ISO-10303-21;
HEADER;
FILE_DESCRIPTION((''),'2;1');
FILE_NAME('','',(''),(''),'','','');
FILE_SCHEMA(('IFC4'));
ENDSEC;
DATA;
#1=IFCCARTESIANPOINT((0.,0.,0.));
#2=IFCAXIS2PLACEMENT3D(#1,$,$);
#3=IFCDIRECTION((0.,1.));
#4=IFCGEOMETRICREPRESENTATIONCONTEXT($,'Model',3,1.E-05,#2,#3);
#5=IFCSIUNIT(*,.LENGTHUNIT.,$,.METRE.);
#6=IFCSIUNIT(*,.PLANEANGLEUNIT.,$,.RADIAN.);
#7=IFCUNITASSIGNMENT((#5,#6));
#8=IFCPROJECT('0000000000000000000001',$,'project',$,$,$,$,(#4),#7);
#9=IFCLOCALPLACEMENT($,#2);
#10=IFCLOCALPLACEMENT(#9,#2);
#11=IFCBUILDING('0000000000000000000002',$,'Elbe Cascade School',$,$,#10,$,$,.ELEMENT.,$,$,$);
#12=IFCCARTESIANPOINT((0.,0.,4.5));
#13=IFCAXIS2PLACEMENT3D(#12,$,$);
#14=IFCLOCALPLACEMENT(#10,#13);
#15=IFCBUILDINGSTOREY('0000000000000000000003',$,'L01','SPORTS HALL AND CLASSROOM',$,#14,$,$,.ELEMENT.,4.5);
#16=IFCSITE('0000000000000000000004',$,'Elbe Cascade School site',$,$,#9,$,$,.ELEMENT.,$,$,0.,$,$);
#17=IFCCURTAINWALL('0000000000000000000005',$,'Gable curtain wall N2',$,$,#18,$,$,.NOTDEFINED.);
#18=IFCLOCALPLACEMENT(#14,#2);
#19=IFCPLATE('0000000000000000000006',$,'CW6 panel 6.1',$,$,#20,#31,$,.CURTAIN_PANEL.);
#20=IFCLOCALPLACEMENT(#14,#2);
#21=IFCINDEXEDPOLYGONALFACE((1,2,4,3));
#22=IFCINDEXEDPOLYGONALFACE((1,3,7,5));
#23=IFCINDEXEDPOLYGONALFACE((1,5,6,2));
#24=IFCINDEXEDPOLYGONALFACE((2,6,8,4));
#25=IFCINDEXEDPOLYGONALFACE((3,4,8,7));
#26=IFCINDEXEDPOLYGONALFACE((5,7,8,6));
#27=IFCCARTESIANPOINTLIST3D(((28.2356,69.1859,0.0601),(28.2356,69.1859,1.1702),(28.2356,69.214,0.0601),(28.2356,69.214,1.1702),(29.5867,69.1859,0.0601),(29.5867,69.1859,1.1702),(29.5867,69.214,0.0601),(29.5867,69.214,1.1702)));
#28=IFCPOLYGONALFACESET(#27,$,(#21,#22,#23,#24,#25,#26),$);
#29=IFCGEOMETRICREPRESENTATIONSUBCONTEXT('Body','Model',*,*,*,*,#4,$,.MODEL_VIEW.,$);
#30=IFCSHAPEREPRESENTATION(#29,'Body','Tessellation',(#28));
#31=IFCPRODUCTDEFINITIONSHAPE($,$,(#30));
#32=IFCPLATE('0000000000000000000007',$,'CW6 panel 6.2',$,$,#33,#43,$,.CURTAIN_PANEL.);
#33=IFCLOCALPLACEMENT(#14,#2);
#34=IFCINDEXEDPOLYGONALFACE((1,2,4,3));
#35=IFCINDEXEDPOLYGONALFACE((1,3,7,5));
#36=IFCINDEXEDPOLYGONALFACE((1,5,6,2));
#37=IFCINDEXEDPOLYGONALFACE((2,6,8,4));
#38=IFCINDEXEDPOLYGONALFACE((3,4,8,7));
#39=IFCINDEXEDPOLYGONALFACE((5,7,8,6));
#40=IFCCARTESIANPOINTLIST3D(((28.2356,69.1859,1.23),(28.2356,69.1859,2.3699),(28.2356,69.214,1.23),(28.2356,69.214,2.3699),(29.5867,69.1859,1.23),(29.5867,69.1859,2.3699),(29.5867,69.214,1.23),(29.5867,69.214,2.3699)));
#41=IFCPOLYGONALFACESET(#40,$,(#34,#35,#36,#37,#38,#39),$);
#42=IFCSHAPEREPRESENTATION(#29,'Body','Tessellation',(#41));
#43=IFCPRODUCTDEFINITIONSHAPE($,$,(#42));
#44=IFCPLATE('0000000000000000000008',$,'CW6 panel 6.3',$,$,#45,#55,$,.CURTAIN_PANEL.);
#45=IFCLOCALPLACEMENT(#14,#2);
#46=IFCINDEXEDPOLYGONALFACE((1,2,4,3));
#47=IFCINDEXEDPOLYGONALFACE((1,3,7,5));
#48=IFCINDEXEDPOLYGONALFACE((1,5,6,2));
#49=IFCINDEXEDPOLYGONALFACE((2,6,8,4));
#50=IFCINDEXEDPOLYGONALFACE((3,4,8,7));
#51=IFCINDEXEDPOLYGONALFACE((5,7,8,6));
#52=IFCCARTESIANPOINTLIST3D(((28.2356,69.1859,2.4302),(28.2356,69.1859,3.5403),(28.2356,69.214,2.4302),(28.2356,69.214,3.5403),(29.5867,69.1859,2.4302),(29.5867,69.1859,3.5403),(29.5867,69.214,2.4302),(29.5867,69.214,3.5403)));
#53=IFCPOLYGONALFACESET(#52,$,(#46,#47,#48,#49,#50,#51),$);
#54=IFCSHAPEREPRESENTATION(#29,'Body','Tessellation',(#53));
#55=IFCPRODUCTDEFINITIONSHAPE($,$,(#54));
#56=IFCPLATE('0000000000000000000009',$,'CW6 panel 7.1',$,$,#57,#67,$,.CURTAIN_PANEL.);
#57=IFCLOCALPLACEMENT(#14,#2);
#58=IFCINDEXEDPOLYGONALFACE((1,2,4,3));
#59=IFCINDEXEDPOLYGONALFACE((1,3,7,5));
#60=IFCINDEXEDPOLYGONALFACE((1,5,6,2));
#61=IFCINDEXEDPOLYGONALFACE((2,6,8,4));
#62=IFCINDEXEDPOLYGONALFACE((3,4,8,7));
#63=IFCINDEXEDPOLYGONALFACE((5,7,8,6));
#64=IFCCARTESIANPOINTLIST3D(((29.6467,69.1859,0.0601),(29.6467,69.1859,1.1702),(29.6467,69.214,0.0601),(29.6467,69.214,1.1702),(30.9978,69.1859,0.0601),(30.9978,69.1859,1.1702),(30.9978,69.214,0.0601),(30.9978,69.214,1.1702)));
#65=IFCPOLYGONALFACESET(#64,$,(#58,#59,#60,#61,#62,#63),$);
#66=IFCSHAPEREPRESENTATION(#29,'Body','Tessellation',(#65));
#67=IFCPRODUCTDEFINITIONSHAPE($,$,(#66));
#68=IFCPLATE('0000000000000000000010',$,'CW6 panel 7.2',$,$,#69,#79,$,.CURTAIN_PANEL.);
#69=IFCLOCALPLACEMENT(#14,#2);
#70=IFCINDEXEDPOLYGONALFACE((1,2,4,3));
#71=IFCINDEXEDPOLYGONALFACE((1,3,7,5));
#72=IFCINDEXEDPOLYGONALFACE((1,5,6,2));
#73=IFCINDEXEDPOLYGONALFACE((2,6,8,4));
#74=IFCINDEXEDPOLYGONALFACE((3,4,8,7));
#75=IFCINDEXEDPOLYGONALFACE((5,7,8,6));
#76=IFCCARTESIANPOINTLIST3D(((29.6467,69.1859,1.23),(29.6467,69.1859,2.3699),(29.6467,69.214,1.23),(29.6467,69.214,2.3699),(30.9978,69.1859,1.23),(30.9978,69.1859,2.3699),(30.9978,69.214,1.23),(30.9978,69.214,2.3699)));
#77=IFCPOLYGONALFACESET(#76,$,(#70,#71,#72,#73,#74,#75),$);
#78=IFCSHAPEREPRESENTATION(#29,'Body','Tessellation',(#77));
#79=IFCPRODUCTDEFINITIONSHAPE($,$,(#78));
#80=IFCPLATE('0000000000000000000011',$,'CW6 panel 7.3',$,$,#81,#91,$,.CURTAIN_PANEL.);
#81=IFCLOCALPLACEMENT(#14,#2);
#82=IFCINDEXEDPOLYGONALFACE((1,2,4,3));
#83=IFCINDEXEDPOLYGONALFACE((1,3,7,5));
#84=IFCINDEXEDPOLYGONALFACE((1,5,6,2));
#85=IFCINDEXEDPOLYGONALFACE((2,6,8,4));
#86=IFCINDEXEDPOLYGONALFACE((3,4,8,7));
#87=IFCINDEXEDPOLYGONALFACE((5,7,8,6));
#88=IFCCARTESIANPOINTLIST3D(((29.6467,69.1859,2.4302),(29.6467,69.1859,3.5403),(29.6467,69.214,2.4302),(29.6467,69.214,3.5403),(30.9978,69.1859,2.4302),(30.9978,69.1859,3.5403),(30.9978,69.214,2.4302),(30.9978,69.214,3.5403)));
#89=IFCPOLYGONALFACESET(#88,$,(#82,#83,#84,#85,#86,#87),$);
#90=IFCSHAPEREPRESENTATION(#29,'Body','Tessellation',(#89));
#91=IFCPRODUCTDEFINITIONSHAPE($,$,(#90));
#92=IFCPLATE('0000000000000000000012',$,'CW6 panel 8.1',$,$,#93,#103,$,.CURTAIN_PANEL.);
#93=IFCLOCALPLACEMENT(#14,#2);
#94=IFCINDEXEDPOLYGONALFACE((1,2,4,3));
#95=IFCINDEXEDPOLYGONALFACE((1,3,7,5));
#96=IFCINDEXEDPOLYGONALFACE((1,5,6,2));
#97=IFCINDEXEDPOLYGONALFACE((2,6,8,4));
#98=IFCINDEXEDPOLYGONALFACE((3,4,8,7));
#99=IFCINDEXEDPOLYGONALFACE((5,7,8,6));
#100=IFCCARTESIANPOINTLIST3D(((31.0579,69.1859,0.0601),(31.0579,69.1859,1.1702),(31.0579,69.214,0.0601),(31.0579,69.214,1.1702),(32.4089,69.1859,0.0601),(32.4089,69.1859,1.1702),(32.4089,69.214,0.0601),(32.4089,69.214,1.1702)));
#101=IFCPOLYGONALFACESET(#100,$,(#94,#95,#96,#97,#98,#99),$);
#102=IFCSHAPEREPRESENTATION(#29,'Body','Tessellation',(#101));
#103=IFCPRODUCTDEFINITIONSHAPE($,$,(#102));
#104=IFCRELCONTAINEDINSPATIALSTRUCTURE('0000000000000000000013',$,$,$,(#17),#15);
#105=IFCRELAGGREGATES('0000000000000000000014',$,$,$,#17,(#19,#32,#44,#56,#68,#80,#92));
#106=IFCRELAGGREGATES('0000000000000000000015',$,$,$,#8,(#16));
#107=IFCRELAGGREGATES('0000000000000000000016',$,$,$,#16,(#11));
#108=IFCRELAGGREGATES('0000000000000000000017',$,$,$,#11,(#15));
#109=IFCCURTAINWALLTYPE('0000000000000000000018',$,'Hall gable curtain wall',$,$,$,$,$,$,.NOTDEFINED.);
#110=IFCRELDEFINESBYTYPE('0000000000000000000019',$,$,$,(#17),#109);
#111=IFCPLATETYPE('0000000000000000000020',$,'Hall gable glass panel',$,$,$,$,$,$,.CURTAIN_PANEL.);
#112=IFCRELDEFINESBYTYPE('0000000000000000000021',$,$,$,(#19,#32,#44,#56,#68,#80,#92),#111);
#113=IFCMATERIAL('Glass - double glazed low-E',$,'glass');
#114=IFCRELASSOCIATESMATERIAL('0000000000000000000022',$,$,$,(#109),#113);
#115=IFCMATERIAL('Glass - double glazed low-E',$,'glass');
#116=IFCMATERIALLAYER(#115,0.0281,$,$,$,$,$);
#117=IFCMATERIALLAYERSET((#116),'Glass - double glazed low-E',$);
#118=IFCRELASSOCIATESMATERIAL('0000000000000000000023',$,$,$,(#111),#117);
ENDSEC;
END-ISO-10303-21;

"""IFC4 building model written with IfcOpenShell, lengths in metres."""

from ifc_helpers import new_model, si_unit, direction, frame, origin, origin_2d, place, context, subcontext, project, spatial, rectangle, extrude, material, layer, layer_set, type_object, element, aggregate, save


model = new_model("IFC4")

# Units and contexts
model_context = context("Model", 3, precision=1e-05, world=origin(), true_north=direction((0.0, 1.0)))
body_context = subcontext(model_context, "Body", "Model", "MODEL_VIEW")
ifc_project = project(units=[si_unit("LENGTHUNIT", "METRE"), si_unit("PLANEANGLEUNIT", "RADIAN")], contexts=[model_context])

# Site, building, storey
site_placement = place(None, origin())
site = spatial("IfcSite", under=ifc_project, at=site_placement, Name="Elbe Cascade School site", CompositionType="ELEMENT", RefElevation=0.0)
building_placement = place(site_placement, origin())
building = spatial("IfcBuilding", under=site, at=building_placement, Name="Elbe Cascade School", CompositionType="ELEMENT")
storey_placement = place(building_placement, frame((0.0, 0.0, 4.5)))
storey = spatial("IfcBuildingStorey", under=building, at=storey_placement, Name="L01", Description="SPORTS HALL AND CLASSROOM", CompositionType="ELEMENT", Elevation=4.5)

# Curtain wall, plates
ifc_material_1 = material(Name="Glass - double glazed low-E", Category="glass")
curtain_wall_type = type_object("IfcCurtainWallType", Name="Hall gable curtain wall", PredefinedType="NOTDEFINED", material=ifc_material_1)
curtain_wall_placement = place(storey_placement, origin())
curtain_wall = element("IfcCurtainWall", 1, at=curtain_wall_placement, inside=storey, type_object=curtain_wall_type, Name="Gable curtain wall N2", PredefinedType="NOTDEFINED")
ifc_material_2 = material(Name="Glass - double glazed low-E", Category="glass")
ifc_layer = layer(ifc_material_2, 0.0281)
ifc_layer_set = layer_set([ifc_layer], Name="Glass - double glazed low-E")
plate_type = type_object("IfcPlateType", Name="Hall gable glass panel", PredefinedType="CURTAIN_PANEL", material=ifc_layer_set)
plate_1_placement = place(storey_placement, frame((28.9111, 69.2, 0.0601), z_axis=(0.0, 0.0, 1.0), x_axis=(1.0, 0.0, 0.0)))
plate_1 = element("IfcPlate", 2, at=plate_1_placement, type_object=plate_type, Name="CW6 panel 6.1", PredefinedType="CURTAIN_PANEL", context=body_context, shape_type="SweptSolid", body=[
    extrude(rectangle(XDim=1.3511, YDim=0.0281, at=origin_2d()), origin(), (0.0, 0.0, 1.0), 1.1101),
])
plate_2_placement = place(storey_placement, frame((28.9111, 69.2, 1.23), z_axis=(0.0, 0.0, 1.0), x_axis=(1.0, 0.0, 0.0)))
plate_2 = element("IfcPlate", 3, at=plate_2_placement, type_object=plate_type, Name="CW6 panel 6.2", PredefinedType="CURTAIN_PANEL", context=body_context, shape_type="SweptSolid", body=[
    extrude(rectangle(XDim=1.3511, YDim=0.0281, at=origin_2d()), origin(), (0.0, 0.0, 1.0), 1.1399),
])
plate_3_placement = place(storey_placement, frame((28.9111, 69.2, 2.4302), z_axis=(0.0, 0.0, 1.0), x_axis=(1.0, 0.0, 0.0)))
plate_3 = element("IfcPlate", 4, at=plate_3_placement, type_object=plate_type, Name="CW6 panel 6.3", PredefinedType="CURTAIN_PANEL", context=body_context, shape_type="SweptSolid", body=[
    extrude(rectangle(XDim=1.3511, YDim=0.0281, at=origin_2d()), origin(), (0.0, 0.0, 1.0), 1.1101),
])
plate_4_placement = place(storey_placement, frame((30.3223, 69.2, 0.0601), z_axis=(0.0, 0.0, 1.0), x_axis=(1.0, 0.0, 0.0)))
plate_4 = element("IfcPlate", 5, at=plate_4_placement, type_object=plate_type, Name="CW6 panel 7.1", PredefinedType="CURTAIN_PANEL", context=body_context, shape_type="SweptSolid", body=[
    extrude(rectangle(XDim=1.3511, YDim=0.0281, at=origin_2d()), origin(), (0.0, 0.0, 1.0), 1.1101),
])
plate_5_placement = place(storey_placement, frame((30.3223, 69.2, 1.23), z_axis=(0.0, 0.0, 1.0), x_axis=(1.0, 0.0, 0.0)))
plate_5 = element("IfcPlate", 6, at=plate_5_placement, type_object=plate_type, Name="CW6 panel 7.2", PredefinedType="CURTAIN_PANEL", context=body_context, shape_type="SweptSolid", body=[
    extrude(rectangle(XDim=1.3511, YDim=0.0281, at=origin_2d()), origin(), (0.0, 0.0, 1.0), 1.1399),
])
plate_6_placement = place(storey_placement, frame((30.3223, 69.2, 2.4302), z_axis=(0.0, 0.0, 1.0), x_axis=(1.0, 0.0, 0.0)))
plate_6 = element("IfcPlate", 7, at=plate_6_placement, type_object=plate_type, Name="CW6 panel 7.3", PredefinedType="CURTAIN_PANEL", context=body_context, shape_type="SweptSolid", body=[
    extrude(rectangle(XDim=1.3511, YDim=0.0281, at=origin_2d()), origin(), (0.0, 0.0, 1.0), 1.1101),
])
plate_7_placement = place(storey_placement, frame((31.7334, 69.2, 0.0601), z_axis=(0.0, 0.0, 1.0), x_axis=(1.0, 0.0, 0.0)))
plate_7 = element("IfcPlate", 8, at=plate_7_placement, type_object=plate_type, Name="CW6 panel 8.1", PredefinedType="CURTAIN_PANEL", context=body_context, shape_type="SweptSolid", body=[
    extrude(rectangle(XDim=1.3511, YDim=0.0281, at=origin_2d()), origin(), (0.0, 0.0, 1.0), 1.1101),
])
aggregate(curtain_wall, [plate_1, plate_2, plate_3, plate_4, plate_5, plate_6, plate_7])

save(model, "model.ifc")
